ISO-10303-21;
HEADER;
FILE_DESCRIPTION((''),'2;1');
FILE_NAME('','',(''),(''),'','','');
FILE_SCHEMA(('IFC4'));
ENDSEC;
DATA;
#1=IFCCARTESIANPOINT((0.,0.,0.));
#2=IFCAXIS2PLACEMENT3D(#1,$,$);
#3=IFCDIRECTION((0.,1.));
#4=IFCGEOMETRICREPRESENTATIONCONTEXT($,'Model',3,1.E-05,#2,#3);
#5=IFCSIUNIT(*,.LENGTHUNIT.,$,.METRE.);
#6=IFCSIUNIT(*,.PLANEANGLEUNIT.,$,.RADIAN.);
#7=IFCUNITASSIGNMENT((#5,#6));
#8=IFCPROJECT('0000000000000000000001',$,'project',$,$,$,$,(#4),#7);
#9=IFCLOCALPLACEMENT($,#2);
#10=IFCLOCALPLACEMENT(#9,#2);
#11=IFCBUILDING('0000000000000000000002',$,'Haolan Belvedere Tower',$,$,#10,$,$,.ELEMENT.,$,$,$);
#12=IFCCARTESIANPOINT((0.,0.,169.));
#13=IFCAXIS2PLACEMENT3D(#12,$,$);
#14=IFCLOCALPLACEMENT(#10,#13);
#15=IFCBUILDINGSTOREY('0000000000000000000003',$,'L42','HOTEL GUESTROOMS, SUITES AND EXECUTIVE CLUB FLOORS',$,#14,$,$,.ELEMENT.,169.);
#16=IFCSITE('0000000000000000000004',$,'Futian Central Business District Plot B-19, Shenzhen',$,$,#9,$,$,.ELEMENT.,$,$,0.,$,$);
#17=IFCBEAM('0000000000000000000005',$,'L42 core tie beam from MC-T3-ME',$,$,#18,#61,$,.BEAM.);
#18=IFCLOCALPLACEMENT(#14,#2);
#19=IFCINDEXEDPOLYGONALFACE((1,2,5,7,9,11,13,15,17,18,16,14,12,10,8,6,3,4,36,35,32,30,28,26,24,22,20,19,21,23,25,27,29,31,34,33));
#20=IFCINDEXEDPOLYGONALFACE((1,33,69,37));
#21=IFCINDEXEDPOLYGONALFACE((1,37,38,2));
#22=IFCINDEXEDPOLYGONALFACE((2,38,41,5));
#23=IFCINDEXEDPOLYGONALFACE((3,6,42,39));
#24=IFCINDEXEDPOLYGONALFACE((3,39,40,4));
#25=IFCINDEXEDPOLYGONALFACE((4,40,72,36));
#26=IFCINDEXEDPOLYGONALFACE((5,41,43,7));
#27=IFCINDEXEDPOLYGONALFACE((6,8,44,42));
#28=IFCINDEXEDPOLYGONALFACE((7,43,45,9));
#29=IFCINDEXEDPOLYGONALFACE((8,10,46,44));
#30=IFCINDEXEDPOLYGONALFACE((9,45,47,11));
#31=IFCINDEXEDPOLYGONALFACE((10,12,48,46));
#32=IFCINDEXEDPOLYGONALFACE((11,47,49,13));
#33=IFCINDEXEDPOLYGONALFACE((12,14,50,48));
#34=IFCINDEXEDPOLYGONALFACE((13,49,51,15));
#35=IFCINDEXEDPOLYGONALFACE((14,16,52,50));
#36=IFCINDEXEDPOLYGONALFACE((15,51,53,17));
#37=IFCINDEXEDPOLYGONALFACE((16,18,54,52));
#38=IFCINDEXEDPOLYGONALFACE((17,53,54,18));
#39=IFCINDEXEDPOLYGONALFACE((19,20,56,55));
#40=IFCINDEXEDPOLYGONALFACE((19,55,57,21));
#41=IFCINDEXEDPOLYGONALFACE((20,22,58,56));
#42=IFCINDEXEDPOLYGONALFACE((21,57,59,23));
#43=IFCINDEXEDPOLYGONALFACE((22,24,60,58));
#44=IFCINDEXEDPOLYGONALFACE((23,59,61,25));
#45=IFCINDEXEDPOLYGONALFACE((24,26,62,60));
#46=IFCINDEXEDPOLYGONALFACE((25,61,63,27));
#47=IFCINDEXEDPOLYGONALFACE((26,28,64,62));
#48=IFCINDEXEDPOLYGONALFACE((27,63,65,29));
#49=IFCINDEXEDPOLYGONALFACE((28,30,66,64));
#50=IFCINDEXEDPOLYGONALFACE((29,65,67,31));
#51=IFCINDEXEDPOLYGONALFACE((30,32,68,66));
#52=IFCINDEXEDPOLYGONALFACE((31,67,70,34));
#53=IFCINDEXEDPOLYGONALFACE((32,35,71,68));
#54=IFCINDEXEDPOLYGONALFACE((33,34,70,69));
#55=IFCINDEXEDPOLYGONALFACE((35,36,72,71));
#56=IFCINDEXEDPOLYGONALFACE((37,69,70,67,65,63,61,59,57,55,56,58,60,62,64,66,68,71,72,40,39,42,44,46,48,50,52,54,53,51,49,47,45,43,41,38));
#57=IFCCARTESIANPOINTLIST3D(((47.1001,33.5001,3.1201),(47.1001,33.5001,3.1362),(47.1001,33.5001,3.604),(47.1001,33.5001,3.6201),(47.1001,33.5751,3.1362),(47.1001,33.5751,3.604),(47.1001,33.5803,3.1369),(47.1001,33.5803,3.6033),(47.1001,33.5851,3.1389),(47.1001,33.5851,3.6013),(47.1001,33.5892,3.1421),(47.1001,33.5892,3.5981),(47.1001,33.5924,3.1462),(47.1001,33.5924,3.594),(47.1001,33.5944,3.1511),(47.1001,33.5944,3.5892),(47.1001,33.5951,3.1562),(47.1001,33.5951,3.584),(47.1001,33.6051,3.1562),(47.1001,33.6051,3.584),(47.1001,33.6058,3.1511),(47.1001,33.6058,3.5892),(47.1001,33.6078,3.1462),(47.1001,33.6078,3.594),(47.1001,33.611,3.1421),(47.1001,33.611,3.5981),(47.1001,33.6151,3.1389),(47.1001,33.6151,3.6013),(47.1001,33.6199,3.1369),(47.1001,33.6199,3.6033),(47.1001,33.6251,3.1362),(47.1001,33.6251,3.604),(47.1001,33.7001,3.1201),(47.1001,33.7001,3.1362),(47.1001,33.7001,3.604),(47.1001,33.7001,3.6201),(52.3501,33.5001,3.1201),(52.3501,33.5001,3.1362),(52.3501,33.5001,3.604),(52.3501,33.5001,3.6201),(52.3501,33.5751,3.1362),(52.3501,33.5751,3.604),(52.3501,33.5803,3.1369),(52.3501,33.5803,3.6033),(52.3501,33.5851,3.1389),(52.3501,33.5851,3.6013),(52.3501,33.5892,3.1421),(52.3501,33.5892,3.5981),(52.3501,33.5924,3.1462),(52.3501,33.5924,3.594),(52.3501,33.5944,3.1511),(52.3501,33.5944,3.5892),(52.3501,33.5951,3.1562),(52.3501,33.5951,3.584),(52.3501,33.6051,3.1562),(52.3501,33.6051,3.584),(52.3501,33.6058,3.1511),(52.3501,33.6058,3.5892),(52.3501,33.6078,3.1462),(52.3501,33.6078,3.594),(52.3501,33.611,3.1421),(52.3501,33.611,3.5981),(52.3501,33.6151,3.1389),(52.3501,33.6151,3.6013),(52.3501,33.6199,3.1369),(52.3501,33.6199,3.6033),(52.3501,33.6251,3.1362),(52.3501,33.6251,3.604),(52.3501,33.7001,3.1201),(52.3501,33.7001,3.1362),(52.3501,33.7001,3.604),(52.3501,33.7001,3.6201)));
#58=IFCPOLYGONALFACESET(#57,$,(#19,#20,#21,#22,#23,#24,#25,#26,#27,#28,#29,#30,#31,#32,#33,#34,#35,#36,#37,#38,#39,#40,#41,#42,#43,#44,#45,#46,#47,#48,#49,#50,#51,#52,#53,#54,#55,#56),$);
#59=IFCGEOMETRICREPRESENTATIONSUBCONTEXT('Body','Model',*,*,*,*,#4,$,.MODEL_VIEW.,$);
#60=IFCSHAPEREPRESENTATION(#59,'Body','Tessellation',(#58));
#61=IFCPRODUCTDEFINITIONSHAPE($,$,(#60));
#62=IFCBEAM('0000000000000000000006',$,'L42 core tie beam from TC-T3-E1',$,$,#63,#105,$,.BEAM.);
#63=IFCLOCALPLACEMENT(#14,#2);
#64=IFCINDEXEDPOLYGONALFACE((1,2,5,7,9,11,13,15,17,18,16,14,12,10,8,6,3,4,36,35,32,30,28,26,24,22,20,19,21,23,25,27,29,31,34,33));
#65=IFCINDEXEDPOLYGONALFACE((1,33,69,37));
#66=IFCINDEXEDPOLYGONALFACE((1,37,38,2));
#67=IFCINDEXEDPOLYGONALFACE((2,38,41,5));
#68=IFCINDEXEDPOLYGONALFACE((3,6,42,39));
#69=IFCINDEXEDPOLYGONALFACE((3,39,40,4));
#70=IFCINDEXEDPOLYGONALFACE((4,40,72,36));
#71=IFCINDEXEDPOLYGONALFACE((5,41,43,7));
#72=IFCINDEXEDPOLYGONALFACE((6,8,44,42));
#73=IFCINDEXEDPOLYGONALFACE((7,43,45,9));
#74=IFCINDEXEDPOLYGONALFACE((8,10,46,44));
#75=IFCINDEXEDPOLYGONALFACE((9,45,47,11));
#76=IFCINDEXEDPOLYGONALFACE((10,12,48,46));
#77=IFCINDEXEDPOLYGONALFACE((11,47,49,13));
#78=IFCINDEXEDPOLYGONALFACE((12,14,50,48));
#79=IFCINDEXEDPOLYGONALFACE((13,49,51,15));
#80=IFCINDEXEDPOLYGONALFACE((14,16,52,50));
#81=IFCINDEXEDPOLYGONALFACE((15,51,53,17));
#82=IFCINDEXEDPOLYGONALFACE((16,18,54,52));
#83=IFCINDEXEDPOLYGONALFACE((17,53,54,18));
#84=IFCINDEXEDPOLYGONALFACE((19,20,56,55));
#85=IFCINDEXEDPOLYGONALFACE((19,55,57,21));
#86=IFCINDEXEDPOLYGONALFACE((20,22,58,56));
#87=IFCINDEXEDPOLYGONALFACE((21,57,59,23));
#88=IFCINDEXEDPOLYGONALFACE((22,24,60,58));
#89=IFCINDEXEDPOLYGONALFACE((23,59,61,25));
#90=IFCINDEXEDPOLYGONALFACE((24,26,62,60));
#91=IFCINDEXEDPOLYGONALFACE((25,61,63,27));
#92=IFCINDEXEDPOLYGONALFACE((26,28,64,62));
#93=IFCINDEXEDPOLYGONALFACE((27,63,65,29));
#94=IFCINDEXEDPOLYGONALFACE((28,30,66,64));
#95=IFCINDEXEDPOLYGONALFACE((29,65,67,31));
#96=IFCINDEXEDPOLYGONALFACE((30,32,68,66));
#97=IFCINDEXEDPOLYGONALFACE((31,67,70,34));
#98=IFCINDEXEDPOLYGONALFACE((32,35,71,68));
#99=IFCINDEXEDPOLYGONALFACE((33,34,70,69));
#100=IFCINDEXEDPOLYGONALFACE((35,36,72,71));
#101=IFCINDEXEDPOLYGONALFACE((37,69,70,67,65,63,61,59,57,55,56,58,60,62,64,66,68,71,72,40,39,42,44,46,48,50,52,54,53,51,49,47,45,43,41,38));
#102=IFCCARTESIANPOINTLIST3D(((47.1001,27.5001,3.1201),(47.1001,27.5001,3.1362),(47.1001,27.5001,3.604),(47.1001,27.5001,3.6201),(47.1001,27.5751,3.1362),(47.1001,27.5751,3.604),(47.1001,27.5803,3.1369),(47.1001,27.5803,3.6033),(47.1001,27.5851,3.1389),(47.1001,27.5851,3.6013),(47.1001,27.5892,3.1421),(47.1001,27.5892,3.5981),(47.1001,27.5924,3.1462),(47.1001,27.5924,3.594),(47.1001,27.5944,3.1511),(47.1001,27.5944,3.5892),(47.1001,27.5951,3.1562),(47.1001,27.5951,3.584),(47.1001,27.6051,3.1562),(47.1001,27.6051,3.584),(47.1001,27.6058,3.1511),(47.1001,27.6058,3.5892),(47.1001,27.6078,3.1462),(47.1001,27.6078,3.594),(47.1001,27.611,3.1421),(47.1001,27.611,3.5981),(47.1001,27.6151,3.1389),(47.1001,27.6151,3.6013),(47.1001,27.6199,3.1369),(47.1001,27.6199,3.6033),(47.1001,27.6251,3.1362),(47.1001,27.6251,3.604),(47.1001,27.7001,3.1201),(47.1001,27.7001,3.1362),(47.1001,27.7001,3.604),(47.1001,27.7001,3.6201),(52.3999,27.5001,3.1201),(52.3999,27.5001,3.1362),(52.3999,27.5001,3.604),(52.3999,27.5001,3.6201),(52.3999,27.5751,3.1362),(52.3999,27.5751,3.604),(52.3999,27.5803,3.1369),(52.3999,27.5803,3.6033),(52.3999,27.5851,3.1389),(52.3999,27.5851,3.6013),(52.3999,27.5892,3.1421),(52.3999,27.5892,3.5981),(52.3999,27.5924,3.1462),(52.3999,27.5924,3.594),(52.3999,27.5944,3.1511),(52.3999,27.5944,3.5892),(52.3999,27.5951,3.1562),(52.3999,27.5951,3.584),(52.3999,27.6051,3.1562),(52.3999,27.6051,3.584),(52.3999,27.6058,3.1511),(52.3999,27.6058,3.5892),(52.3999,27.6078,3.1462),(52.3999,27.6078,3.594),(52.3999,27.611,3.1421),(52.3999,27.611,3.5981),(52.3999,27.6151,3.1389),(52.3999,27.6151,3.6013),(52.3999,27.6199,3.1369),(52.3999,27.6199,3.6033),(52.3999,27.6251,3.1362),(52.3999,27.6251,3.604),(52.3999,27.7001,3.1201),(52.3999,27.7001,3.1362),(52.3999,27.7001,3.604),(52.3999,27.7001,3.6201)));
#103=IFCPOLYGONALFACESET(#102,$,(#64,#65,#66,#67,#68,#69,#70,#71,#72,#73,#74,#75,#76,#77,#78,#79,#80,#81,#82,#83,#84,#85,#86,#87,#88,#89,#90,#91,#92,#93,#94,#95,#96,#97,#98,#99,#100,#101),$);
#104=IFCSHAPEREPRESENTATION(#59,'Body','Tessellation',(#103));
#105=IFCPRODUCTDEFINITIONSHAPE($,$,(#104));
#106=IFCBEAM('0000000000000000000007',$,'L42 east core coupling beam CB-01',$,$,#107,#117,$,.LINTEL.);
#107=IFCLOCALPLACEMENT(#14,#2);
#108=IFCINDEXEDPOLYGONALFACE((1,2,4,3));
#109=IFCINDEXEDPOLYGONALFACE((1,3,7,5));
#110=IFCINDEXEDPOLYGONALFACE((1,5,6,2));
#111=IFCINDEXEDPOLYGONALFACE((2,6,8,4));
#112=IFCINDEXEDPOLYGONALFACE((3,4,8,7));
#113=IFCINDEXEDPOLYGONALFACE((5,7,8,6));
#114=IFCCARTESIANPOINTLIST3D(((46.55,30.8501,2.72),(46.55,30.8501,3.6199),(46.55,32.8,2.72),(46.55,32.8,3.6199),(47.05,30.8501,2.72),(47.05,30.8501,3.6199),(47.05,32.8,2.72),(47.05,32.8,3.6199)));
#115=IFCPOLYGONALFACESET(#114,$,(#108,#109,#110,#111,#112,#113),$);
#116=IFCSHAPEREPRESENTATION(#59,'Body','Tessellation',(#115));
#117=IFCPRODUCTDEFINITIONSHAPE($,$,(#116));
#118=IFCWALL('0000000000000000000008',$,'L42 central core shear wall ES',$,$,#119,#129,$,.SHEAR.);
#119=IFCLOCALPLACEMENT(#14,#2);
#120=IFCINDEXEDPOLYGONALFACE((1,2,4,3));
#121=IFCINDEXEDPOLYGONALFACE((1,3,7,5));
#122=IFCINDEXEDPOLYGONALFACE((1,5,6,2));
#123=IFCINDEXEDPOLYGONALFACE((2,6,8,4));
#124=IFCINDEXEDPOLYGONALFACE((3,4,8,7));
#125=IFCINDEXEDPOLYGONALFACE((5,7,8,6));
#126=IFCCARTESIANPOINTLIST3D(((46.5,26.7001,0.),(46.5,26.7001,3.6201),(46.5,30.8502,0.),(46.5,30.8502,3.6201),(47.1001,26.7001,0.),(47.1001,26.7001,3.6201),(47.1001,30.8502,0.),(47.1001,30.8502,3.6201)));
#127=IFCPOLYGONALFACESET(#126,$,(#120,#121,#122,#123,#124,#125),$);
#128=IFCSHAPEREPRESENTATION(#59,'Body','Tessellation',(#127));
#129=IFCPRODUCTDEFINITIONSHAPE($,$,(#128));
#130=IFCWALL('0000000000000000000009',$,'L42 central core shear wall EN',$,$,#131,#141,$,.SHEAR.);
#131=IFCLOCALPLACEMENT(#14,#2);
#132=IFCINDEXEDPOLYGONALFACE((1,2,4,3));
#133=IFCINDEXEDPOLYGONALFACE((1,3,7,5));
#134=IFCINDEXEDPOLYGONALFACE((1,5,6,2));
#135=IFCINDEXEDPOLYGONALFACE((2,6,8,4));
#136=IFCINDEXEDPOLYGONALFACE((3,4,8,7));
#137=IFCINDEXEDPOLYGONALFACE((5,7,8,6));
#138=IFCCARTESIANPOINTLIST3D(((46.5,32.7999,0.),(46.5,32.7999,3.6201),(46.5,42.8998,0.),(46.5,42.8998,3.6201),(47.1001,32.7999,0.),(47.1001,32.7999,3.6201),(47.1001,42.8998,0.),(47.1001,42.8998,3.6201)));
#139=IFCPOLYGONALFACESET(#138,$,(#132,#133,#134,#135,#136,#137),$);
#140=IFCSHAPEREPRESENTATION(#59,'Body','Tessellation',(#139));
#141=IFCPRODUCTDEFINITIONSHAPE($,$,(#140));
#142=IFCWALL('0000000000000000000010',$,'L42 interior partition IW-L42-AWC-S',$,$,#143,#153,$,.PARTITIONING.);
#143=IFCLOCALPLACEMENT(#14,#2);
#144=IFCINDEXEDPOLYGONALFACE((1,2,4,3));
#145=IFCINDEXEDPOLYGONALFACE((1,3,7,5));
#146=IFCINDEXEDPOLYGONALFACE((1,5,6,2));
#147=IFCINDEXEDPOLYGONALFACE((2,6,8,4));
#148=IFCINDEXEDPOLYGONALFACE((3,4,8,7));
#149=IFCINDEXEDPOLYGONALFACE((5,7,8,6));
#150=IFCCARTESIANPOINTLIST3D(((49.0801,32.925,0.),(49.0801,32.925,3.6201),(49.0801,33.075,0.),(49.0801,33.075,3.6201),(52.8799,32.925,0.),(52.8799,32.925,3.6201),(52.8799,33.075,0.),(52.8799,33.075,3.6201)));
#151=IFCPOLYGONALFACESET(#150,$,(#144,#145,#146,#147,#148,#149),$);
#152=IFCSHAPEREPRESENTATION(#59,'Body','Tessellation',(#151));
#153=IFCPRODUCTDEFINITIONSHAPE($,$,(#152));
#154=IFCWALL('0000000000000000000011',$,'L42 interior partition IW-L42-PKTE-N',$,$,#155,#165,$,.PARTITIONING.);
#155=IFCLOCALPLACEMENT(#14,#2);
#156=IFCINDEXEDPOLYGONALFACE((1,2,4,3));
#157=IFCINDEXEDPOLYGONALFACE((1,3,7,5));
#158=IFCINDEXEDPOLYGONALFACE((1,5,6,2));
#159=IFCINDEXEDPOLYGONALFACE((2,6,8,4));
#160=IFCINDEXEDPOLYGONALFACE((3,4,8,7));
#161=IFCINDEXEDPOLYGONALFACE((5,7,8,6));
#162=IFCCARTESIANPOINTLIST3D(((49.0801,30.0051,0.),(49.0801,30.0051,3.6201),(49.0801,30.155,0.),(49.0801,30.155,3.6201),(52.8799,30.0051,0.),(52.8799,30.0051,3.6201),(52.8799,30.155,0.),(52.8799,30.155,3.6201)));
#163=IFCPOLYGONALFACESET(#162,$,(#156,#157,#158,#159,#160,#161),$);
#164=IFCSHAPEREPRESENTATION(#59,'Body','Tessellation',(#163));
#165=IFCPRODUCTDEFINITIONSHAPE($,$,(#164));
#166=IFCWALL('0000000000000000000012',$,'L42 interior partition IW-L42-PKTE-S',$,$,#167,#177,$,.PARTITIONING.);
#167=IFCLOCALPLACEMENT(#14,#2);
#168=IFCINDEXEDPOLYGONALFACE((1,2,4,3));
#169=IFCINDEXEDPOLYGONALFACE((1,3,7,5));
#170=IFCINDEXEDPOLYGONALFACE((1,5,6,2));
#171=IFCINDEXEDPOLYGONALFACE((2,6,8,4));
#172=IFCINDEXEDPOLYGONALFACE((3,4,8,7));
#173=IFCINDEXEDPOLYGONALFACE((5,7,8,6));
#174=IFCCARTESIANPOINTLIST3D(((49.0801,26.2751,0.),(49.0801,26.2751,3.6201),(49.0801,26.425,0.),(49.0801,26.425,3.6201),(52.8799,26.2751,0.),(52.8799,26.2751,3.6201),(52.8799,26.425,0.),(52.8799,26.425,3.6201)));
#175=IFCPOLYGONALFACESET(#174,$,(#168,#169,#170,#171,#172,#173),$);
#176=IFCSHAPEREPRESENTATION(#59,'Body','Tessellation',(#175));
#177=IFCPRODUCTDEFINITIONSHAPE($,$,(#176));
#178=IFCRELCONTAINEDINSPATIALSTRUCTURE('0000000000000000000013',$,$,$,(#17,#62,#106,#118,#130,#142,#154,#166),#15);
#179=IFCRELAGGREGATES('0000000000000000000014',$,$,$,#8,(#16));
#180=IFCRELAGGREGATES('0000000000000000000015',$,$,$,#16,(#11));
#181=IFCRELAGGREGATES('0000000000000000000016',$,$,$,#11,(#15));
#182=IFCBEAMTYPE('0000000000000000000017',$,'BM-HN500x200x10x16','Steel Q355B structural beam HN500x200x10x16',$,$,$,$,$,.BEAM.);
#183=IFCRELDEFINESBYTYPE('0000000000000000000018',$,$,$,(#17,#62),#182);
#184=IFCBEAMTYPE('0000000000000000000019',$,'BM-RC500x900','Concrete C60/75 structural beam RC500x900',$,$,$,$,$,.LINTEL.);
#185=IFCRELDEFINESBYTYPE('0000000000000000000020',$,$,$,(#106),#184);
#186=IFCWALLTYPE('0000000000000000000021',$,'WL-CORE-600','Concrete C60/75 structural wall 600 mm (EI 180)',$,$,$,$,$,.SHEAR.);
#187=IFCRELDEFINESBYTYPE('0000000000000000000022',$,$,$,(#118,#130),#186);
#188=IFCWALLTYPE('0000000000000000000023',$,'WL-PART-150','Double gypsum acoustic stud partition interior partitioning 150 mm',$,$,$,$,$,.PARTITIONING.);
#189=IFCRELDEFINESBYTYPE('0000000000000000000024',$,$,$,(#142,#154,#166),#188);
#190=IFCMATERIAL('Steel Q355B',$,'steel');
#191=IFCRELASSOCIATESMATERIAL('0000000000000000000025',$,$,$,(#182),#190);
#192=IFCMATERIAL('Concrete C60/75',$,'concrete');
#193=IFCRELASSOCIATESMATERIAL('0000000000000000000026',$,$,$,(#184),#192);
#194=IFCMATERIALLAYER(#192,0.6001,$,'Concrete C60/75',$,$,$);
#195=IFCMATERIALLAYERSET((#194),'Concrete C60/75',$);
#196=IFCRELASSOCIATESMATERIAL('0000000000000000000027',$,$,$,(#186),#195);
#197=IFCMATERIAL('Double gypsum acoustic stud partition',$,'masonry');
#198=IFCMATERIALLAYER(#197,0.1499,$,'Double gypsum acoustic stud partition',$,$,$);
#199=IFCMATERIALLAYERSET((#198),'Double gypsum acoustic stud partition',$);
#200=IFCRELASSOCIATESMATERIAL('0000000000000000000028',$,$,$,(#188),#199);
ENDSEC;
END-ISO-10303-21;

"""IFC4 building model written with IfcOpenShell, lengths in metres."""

from ifc_helpers import new_model, si_unit, direction, frame, frame_2d, origin, origin_2d, place, context, subcontext, project, spatial, rectangle, i_section, extrude, material, layer, layer_set, material_profile, profile_set, type_object, element, save


model = new_model("IFC4")

# Units and contexts
model_context = context("Model", 3, precision=1e-05, world=origin(), true_north=direction((0.0, 1.0)))
body_context = subcontext(model_context, "Body", "Model", "MODEL_VIEW")
ifc_project = project(units=[si_unit("LENGTHUNIT", "METRE"), si_unit("PLANEANGLEUNIT", "RADIAN")], contexts=[model_context])

# Site, building, storey
site_placement = place(None, origin())
site = spatial("IfcSite", under=ifc_project, at=site_placement, Name="Futian Central Business District Plot B-19, Shenzhen", CompositionType="ELEMENT", RefElevation=0.0)
building_placement = place(site_placement, origin())
building = spatial("IfcBuilding", under=site, at=building_placement, Name="Haolan Belvedere Tower", CompositionType="ELEMENT")
storey_placement = place(building_placement, frame((0.0, 0.0, 169.0)))
storey = spatial("IfcBuildingStorey", under=building, at=storey_placement, Name="L42", Description="HOTEL GUESTROOMS, SUITES AND EXECUTIVE CLUB FLOORS", CompositionType="ELEMENT", Elevation=169.0)

# Beams
ifc_material_1 = material(Name="Steel Q355B", Category="steel")
ifc_material_profile_1 = material_profile(ifc_material_1, i_section(OverallWidth=0.2, OverallDepth=0.5, WebThickness=0.01, FlangeThickness=0.0161, FilletRadius=0.02, at=origin_2d()), Name="Steel Q355B")
ifc_profile_set_1 = profile_set([ifc_material_profile_1], Name="Steel Q355B")
beam_type_1 = type_object("IfcBeamType", Name="BM-HN500x200x10x16", Description="Steel Q355B structural beam HN500x200x10x16", PredefinedType="BEAM", material=ifc_profile_set_1)
beam_1_placement = place(storey_placement, frame((52.3501, 33.6001, 3.3701), z_axis=(-1.0, 0.0, 0.0), x_axis=(0.0, -1.0, 0.0)))
element("IfcBeam", 1, at=beam_1_placement, inside=storey, type_object=beam_type_1, Name="L42 core tie beam from MC-T3-ME", PredefinedType="BEAM", context=body_context, shape_type="SweptSolid", body=[
    extrude(i_section(OverallWidth=0.2, OverallDepth=0.5, WebThickness=0.01, FlangeThickness=0.0161, FilletRadius=0.02, at=origin_2d()), origin(), (0.0, 0.0, 1.0), 5.25),
])
beam_2_placement = place(storey_placement, frame((52.3999, 27.6001, 3.3701), z_axis=(-1.0, 0.0, 0.0), x_axis=(0.0, -1.0, 0.0)))
element("IfcBeam", 2, at=beam_2_placement, inside=storey, type_object=beam_type_1, Name="L42 core tie beam from TC-T3-E1", PredefinedType="BEAM", context=body_context, shape_type="SweptSolid", body=[
    extrude(i_section(OverallWidth=0.2, OverallDepth=0.5, WebThickness=0.01, FlangeThickness=0.0161, FilletRadius=0.02, at=origin_2d()), origin(), (0.0, 0.0, 1.0), 5.2998),
])
ifc_material_2 = material(Name="Concrete C60/75", Category="concrete")
ifc_material_profile_2 = material_profile(ifc_material_2, rectangle(XDim=0.5, YDim=0.8999, at=origin_2d()), Name="Concrete C60/75")
ifc_profile_set_2 = profile_set([ifc_material_profile_2], Name="Concrete C60/75")
beam_type_2 = type_object("IfcBeamType", Name="BM-RC500x900", Description="Concrete C60/75 structural beam RC500x900", PredefinedType="LINTEL", material=ifc_profile_set_2)
beam_3_placement = place(storey_placement, frame((46.8, 30.8501, 3.1699), z_axis=(0.0, 1.0, 0.0), x_axis=(-1.0, 0.0, 0.0)))
element("IfcBeam", 3, at=beam_3_placement, inside=storey, type_object=beam_type_2, Name="L42 east core coupling beam CB-01", PredefinedType="LINTEL", context=body_context, shape_type="SweptSolid", body=[
    extrude(rectangle(XDim=0.5, YDim=0.8999, at=origin_2d()), origin(), (0.0, 0.0, 1.0), 1.95),
])

# Walls
ifc_layer_1 = layer(ifc_material_2, 0.6001, Name="Concrete C60/75")
ifc_layer_set_1 = layer_set([ifc_layer_1], Name="Concrete C60/75")
wall_type_1 = type_object("IfcWallType", Name="WL-CORE-600", Description="Concrete C60/75 structural wall 600 mm (EI 180)", PredefinedType="SHEAR", material=ifc_layer_set_1)
wall_1_placement = place(storey_placement, frame((46.8, 26.7, 0.0), z_axis=(0.0, 0.0, 1.0), x_axis=(0.0, 1.0, 0.0)))
element("IfcWall", 4, at=wall_1_placement, inside=storey, type_object=wall_type_1, Name="L42 central core shear wall ES", PredefinedType="SHEAR", context=body_context, shape_type="SweptSolid", body=[
    extrude(rectangle(XDim=4.1501, YDim=0.6001, at=frame_2d((2.0752, 0.0))), origin(), (0.0, 0.0, 1.0), 3.6201),
])
wall_2_placement = place(storey_placement, frame((46.8, 32.8, 0.0), z_axis=(0.0, 0.0, 1.0), x_axis=(0.0, 1.0, 0.0)))
element("IfcWall", 5, at=wall_2_placement, inside=storey, type_object=wall_type_1, Name="L42 central core shear wall EN", PredefinedType="SHEAR", context=body_context, shape_type="SweptSolid", body=[
    extrude(rectangle(XDim=10.0999, YDim=0.6001, at=frame_2d((5.0498, 0.0))), origin(), (0.0, 0.0, 1.0), 3.6201),
])
ifc_material_3 = material(Name="Double gypsum acoustic stud partition", Category="masonry")
ifc_layer_2 = layer(ifc_material_3, 0.1499, Name="Double gypsum acoustic stud partition")
ifc_layer_set_2 = layer_set([ifc_layer_2], Name="Double gypsum acoustic stud partition")
wall_type_2 = type_object("IfcWallType", Name="WL-PART-150", Description="Double gypsum acoustic stud partition interior partitioning 150 mm", PredefinedType="PARTITIONING", material=ifc_layer_set_2)
wall_3_placement = place(storey_placement, frame((49.0801, 33.0, 0.0), z_axis=(0.0, 0.0, 1.0), x_axis=(1.0, 0.0, 0.0)))
element("IfcWall", 6, at=wall_3_placement, inside=storey, type_object=wall_type_2, Name="L42 interior partition IW-L42-AWC-S", PredefinedType="PARTITIONING", context=body_context, shape_type="SweptSolid", body=[
    extrude(rectangle(XDim=3.7998, YDim=0.1499, at=frame_2d((1.8999, 0.0))), origin(), (0.0, 0.0, 1.0), 3.6201),
])

# Walls
for number, where, z_axis, x_axis, name in (
    (7, (49.0801, 30.0801, 0.0), (0.0, 0.0, 1.0), (1.0, 0.0, 0.0), "L42 interior partition IW-L42-PKTE-N"),
    (8, (49.0801, 26.3501, 0.0), (0.0, 0.0, 1.0), (1.0, 0.0, 0.0), "L42 interior partition IW-L42-PKTE-S"),
):
    element("IfcWall", number, at=place(storey_placement, frame(where, z_axis=z_axis, x_axis=x_axis)), inside=storey, type_object=wall_type_2, Name=name, PredefinedType="PARTITIONING", context=body_context, shape_type="SweptSolid", body=[
        extrude(rectangle(XDim=3.7998, YDim=0.1499, at=frame_2d((1.8999, 0.0))), origin(), (0.0, 0.0, 1.0), 3.6201),
    ])

save(model, "model.ifc")
